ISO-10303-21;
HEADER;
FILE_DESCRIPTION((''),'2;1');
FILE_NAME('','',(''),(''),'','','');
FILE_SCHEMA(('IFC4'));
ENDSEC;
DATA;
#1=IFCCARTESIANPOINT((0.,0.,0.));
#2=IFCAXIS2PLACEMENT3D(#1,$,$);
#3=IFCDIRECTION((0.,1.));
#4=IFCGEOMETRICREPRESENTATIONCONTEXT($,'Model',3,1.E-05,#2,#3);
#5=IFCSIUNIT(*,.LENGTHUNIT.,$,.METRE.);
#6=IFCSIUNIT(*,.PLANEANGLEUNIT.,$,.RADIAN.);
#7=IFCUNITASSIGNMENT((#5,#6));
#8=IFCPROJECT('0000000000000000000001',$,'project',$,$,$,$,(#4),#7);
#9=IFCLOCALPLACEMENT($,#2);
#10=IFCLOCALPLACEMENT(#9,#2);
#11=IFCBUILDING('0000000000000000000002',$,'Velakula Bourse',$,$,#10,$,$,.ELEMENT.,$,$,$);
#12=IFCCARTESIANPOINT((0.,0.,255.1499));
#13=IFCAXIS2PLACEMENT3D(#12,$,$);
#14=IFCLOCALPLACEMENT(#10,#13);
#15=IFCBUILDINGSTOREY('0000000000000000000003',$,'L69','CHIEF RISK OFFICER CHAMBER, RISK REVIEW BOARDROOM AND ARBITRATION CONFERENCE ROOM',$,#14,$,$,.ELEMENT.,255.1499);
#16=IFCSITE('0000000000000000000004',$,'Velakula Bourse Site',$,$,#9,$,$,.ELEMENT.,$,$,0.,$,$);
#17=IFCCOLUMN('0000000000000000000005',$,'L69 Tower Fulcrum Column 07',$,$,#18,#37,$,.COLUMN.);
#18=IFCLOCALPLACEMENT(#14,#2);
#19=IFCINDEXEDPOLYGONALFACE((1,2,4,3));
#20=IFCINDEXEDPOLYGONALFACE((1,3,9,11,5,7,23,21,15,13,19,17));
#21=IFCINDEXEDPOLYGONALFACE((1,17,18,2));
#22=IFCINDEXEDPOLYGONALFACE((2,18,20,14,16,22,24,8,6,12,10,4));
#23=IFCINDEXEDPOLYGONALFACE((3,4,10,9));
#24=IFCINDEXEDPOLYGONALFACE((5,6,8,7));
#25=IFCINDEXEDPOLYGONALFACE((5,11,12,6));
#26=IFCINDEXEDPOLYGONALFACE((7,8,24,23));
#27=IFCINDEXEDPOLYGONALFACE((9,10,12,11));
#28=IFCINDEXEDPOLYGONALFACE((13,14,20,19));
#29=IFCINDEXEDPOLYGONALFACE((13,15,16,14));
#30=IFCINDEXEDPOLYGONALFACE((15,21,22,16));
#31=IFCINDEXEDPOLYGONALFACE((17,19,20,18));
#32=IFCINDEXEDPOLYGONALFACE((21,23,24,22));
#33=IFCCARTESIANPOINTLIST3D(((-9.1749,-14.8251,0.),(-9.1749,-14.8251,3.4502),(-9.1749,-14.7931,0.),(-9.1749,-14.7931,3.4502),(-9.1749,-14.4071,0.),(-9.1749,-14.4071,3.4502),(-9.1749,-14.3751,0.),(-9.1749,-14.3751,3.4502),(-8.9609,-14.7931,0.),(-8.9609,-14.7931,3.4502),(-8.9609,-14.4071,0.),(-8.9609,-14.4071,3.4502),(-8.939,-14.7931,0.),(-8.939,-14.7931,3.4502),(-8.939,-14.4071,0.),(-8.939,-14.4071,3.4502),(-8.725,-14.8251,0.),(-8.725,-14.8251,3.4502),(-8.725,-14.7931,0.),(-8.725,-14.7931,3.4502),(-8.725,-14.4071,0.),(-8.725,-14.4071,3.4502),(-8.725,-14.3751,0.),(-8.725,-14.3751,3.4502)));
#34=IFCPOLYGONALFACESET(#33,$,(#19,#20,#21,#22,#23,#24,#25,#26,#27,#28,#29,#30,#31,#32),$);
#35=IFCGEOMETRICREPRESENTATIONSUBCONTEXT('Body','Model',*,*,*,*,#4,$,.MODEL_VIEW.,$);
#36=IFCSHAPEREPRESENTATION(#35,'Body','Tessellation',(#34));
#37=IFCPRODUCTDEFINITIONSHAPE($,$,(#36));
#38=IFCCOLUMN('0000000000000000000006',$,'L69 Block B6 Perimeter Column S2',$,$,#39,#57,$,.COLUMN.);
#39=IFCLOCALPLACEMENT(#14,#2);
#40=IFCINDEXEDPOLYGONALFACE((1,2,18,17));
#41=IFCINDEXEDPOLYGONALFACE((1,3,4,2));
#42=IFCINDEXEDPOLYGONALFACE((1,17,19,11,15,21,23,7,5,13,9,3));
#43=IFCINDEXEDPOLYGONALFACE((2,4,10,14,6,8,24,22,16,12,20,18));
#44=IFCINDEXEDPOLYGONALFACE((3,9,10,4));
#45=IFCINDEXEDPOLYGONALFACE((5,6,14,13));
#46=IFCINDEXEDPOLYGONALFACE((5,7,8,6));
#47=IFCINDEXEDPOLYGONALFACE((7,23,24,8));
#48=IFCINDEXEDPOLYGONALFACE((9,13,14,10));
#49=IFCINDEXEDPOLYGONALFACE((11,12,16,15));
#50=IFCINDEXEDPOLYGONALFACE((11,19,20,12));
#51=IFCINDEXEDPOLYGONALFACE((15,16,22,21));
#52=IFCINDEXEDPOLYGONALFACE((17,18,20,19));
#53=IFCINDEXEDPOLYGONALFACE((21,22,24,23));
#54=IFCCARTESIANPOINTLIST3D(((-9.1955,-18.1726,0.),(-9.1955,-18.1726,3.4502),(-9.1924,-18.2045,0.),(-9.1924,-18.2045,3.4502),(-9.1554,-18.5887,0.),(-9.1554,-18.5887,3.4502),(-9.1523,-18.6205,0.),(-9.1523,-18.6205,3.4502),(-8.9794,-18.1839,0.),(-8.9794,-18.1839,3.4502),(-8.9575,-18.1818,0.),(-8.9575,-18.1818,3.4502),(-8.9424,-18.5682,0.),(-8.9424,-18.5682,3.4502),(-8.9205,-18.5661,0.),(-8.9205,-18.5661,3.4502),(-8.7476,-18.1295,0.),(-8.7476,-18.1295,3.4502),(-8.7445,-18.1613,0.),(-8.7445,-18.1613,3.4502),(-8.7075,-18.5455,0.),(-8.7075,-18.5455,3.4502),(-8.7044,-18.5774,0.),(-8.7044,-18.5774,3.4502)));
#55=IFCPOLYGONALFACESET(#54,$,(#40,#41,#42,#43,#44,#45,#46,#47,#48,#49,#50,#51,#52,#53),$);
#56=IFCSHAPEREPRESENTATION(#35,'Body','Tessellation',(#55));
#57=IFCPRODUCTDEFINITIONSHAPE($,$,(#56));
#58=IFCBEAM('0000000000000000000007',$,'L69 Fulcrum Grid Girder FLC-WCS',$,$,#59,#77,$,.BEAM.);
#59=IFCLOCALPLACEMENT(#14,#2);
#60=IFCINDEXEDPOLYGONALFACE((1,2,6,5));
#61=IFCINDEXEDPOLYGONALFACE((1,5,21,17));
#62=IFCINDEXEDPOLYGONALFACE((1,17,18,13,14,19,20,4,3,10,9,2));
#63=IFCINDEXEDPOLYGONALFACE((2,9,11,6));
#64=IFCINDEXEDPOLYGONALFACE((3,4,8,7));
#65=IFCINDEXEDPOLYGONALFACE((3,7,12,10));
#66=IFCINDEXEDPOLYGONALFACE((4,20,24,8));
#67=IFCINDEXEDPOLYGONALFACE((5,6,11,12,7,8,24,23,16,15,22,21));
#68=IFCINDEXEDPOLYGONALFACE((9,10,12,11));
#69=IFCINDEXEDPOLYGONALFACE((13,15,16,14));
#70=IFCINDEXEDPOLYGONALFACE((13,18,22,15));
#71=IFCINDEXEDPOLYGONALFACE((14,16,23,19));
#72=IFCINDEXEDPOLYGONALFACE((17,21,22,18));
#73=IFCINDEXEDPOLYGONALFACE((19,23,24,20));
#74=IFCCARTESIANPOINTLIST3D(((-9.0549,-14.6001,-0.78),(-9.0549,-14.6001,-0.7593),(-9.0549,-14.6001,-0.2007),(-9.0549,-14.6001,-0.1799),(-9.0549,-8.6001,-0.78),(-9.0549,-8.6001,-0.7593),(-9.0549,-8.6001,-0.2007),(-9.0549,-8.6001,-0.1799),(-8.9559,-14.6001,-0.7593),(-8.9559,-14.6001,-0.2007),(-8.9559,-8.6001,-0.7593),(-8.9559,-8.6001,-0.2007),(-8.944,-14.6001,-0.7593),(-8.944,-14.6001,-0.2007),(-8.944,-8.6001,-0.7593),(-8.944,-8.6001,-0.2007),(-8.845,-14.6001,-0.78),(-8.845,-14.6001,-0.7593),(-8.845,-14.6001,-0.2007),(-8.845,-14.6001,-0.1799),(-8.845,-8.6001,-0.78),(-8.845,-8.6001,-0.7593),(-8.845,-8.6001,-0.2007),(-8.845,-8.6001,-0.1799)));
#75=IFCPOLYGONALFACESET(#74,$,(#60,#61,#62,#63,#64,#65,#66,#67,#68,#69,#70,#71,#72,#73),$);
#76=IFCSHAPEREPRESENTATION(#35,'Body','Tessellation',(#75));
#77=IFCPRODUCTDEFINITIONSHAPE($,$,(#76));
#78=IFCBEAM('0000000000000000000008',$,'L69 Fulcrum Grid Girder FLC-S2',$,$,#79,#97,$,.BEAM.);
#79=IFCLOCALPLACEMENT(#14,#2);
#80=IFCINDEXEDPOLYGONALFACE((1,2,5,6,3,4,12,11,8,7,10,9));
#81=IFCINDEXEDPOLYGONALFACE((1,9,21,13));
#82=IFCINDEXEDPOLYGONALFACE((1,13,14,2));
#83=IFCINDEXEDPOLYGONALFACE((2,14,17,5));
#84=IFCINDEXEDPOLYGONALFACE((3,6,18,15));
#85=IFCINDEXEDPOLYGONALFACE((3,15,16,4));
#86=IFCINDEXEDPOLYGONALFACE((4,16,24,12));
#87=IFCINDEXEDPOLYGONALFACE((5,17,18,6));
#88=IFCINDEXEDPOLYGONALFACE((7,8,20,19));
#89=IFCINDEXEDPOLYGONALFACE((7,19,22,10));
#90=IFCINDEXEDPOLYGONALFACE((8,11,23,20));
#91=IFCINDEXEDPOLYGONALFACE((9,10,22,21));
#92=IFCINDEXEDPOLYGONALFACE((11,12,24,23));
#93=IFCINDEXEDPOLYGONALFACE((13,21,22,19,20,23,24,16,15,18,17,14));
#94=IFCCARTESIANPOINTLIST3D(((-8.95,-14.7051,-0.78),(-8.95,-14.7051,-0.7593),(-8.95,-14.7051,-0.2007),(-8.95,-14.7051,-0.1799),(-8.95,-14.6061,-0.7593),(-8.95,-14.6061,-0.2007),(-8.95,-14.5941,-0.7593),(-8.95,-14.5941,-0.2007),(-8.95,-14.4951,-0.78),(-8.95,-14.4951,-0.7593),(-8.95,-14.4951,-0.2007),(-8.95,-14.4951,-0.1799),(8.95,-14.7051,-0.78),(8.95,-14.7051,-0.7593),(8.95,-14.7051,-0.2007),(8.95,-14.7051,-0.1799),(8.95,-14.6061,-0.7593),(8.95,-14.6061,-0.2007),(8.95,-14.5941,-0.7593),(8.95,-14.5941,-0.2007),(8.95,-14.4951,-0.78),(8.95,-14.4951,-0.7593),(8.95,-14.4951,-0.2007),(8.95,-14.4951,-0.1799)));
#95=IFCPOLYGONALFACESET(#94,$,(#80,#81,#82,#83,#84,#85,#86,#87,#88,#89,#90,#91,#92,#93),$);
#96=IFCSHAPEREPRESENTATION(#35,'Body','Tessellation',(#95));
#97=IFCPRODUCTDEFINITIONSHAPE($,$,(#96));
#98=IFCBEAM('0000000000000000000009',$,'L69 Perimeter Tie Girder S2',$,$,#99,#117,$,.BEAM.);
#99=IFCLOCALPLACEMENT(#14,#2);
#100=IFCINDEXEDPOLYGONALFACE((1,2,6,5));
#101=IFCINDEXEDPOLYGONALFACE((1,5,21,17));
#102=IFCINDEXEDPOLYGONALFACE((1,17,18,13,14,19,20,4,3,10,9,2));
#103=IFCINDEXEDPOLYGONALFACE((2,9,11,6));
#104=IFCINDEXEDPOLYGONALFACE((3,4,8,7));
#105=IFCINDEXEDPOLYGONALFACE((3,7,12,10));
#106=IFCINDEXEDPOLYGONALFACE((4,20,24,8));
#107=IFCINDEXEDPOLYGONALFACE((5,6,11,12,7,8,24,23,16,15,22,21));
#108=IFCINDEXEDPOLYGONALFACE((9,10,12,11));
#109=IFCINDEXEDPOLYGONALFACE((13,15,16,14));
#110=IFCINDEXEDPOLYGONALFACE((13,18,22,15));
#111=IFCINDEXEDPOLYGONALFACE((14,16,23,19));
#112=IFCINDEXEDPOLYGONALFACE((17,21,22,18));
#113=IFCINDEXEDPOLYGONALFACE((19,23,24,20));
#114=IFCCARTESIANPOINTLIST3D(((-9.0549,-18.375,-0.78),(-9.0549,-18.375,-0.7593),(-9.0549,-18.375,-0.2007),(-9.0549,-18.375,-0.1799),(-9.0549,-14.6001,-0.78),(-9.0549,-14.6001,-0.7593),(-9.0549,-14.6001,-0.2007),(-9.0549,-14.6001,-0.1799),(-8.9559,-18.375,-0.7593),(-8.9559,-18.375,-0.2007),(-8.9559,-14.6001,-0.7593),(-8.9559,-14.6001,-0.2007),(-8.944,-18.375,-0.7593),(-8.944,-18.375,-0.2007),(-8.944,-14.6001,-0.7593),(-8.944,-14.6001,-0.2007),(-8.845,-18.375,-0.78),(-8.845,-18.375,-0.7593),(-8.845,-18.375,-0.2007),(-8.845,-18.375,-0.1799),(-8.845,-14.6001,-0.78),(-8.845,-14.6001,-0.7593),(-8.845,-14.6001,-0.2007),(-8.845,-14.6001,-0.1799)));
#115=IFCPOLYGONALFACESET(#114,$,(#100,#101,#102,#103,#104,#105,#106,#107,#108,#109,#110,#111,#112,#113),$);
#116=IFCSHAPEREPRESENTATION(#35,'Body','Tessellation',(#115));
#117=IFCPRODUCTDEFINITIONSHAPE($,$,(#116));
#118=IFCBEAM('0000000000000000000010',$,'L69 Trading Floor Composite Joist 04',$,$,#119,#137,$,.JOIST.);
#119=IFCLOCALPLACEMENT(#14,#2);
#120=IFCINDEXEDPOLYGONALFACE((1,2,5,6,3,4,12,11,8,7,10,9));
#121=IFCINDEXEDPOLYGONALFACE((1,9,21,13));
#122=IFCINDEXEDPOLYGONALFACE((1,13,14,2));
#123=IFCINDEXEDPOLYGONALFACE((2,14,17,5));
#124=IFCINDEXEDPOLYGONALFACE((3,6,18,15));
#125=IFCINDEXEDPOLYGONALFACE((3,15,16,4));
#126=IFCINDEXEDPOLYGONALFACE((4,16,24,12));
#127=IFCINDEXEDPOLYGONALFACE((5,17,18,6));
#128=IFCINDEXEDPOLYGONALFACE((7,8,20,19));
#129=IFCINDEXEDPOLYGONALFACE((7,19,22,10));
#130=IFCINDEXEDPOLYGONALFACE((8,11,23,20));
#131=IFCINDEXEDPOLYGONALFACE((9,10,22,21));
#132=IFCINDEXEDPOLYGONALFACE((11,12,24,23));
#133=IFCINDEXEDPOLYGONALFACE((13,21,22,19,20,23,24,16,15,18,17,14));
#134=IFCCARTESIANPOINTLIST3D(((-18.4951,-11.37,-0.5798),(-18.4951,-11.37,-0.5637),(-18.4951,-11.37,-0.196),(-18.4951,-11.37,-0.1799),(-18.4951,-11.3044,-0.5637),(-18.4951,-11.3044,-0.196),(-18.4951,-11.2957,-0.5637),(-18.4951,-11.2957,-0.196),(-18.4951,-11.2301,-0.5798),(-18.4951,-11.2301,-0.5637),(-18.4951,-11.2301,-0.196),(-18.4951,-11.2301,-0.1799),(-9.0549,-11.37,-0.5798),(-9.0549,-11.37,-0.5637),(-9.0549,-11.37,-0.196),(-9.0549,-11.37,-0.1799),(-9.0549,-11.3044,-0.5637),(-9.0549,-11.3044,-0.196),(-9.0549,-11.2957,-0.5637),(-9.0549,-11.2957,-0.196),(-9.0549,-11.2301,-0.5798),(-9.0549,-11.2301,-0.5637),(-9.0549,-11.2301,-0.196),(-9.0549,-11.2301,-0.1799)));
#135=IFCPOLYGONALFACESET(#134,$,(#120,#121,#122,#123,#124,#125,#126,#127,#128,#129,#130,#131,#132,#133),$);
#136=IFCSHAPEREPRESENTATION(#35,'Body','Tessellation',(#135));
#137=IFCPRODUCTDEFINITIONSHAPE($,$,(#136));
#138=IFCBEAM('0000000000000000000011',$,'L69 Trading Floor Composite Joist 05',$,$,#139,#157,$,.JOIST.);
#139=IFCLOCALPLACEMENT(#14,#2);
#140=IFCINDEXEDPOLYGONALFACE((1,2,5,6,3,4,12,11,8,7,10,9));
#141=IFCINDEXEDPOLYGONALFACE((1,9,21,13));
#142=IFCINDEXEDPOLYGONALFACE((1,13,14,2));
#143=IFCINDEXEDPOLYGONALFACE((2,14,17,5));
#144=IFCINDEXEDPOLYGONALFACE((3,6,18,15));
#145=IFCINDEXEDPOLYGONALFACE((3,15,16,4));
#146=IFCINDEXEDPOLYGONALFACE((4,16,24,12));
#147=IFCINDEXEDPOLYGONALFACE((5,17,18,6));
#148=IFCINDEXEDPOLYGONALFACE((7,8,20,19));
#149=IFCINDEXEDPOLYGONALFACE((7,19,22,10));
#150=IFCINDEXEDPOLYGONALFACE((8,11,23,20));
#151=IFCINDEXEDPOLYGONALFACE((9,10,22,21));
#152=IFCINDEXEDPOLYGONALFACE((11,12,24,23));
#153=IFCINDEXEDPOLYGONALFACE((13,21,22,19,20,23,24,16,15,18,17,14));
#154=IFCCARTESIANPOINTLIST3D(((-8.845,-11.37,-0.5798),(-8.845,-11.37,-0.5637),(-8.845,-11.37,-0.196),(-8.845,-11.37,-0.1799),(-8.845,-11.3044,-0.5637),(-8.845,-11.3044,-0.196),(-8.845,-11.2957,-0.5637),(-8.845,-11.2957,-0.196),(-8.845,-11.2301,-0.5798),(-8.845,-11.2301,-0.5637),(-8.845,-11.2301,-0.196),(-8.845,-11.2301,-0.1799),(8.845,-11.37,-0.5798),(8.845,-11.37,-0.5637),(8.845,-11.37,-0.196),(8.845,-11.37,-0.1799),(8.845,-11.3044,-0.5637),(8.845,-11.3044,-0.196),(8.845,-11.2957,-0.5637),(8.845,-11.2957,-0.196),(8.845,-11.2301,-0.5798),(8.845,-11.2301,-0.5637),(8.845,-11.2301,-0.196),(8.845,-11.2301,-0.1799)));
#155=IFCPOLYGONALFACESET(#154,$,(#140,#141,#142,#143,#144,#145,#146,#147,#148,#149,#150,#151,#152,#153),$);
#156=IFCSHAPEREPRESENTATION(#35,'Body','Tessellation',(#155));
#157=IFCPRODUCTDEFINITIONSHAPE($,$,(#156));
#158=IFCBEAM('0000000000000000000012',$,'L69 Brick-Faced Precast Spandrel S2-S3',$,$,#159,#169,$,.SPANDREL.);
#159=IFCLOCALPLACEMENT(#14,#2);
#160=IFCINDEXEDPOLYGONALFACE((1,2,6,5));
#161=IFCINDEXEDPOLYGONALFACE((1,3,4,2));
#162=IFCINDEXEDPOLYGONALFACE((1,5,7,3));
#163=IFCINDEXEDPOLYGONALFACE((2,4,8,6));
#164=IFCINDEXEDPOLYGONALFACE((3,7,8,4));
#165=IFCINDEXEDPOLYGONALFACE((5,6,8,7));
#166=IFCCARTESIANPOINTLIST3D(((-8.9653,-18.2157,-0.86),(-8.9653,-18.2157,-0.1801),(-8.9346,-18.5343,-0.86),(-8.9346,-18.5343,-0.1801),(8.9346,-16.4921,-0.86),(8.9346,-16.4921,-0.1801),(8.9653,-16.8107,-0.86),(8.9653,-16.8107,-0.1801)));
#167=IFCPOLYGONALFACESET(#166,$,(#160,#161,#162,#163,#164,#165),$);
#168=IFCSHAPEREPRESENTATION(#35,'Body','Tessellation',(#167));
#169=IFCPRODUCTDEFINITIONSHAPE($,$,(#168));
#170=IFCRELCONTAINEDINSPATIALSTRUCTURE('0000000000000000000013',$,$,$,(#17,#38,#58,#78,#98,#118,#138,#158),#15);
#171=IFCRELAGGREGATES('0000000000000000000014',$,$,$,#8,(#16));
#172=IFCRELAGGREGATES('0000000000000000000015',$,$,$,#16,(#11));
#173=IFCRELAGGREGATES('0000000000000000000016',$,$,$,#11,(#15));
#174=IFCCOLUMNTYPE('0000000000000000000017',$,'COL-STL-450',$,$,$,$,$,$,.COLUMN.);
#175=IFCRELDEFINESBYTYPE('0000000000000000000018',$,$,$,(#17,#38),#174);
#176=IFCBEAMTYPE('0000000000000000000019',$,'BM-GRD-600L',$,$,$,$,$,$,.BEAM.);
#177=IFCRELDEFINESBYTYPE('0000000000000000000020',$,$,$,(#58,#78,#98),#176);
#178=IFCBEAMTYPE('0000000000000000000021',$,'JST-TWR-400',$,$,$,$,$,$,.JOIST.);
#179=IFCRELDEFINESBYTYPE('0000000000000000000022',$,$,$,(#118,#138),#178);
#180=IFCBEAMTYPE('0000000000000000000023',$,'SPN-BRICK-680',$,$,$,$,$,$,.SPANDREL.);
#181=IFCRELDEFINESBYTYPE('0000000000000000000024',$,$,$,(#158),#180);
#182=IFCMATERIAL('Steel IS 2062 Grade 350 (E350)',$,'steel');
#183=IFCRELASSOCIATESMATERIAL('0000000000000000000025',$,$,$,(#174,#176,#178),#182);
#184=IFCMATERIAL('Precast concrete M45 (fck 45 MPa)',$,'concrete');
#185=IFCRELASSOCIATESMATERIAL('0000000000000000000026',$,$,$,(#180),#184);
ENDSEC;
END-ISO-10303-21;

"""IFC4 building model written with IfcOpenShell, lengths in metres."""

from ifc_helpers import new_model, si_unit, direction, frame, origin, origin_2d, place, context, subcontext, project, spatial, rectangle, i_section, extrude, material, material_profile, profile_set, type_object, element, save


model = new_model("IFC4")

# Units and contexts
model_context = context("Model", 3, precision=1e-05, world=origin(), true_north=direction((0.0, 1.0)))
body_context = subcontext(model_context, "Body", "Model", "MODEL_VIEW")
ifc_project = project(units=[si_unit("LENGTHUNIT", "METRE"), si_unit("PLANEANGLEUNIT", "RADIAN")], contexts=[model_context])

# Site, building, storey
site_placement = place(None, origin())
site = spatial("IfcSite", under=ifc_project, at=site_placement, Name="Velakula Bourse Site", CompositionType="ELEMENT", RefElevation=0.0)
building_placement = place(site_placement, origin())
building = spatial("IfcBuilding", under=site, at=building_placement, Name="Velakula Bourse", CompositionType="ELEMENT")
storey_placement = place(building_placement, frame((0.0, 0.0, 255.1499)))
storey = spatial("IfcBuildingStorey", under=building, at=storey_placement, Name="L69", Description="CHIEF RISK OFFICER CHAMBER, RISK REVIEW BOARDROOM AND ARBITRATION CONFERENCE ROOM", CompositionType="ELEMENT", Elevation=255.1499)

# Columns
ifc_material_1 = material(Name="Steel IS 2062 Grade 350 (E350)", Category="steel")
ifc_material_profile_1 = material_profile(ifc_material_1, i_section(OverallWidth=0.45, OverallDepth=0.45, WebThickness=0.022, FlangeThickness=0.032, at=origin_2d()), Name="Steel IS 2062 Grade 350 (E350)")
ifc_profile_set_1 = profile_set([ifc_material_profile_1], Name="Steel IS 2062 Grade 350 (E350)")
column_type = type_object("IfcColumnType", Name="COL-STL-450", PredefinedType="COLUMN", material=ifc_profile_set_1)
for number, where, z_axis, x_axis, name in (
    (1, (-8.95, -14.6001, 0.0), (0.0, 0.0, 1.0), (1.0, 0.0, 0.0), "L69 Tower Fulcrum Column 07"),
    (2, (-8.95, -18.375, 0.0), (0.0, 0.0, 1.0), (0.995396, 0.095846, 0.0), "L69 Block B6 Perimeter Column S2"),
):
    element("IfcColumn", number, at=place(storey_placement, frame(where, z_axis=z_axis, x_axis=x_axis)), inside=storey, type_object=column_type, Name=name, PredefinedType="COLUMN", context=body_context, shape_type="SweptSolid", body=[
        extrude(i_section(OverallWidth=0.45, OverallDepth=0.45, WebThickness=0.022, FlangeThickness=0.032, at=origin_2d()), origin(), (0.0, 0.0, 1.0), 3.4502),
    ])

# Beams
ifc_material_profile_2 = material_profile(ifc_material_1, i_section(OverallWidth=0.21, OverallDepth=0.6001, WebThickness=0.012, FlangeThickness=0.0208, at=origin_2d()), Name="Steel IS 2062 Grade 350 (E350)")
ifc_profile_set_2 = profile_set([ifc_material_profile_2], Name="Steel IS 2062 Grade 350 (E350)")
beam_type_1 = type_object("IfcBeamType", Name="BM-GRD-600L", PredefinedType="BEAM", material=ifc_profile_set_2)
beam_1_placement = place(storey_placement, frame((-8.95, -14.6001, -0.48), z_axis=(0.0, 1.0, 0.0), x_axis=(-1.0, 0.0, 0.0)))
element("IfcBeam", 3, at=beam_1_placement, inside=storey, type_object=beam_type_1, Name="L69 Fulcrum Grid Girder FLC-WCS", PredefinedType="BEAM", context=body_context, shape_type="SweptSolid", body=[
    extrude(i_section(OverallWidth=0.21, OverallDepth=0.6001, WebThickness=0.012, FlangeThickness=0.0208, at=origin_2d()), origin(), (0.0, 0.0, 1.0), 6.0),
])
beam_2_placement = place(storey_placement, frame((-8.95, -14.6001, -0.48), z_axis=(1.0, 0.0, 0.0), x_axis=(0.0, 1.0, 0.0)))
element("IfcBeam", 4, at=beam_2_placement, inside=storey, type_object=beam_type_1, Name="L69 Fulcrum Grid Girder FLC-S2", PredefinedType="BEAM", context=body_context, shape_type="SweptSolid", body=[
    extrude(i_section(OverallWidth=0.21, OverallDepth=0.6001, WebThickness=0.012, FlangeThickness=0.0208, at=origin_2d()), origin(), (0.0, 0.0, 1.0), 17.8999),
])
beam_3_placement = place(storey_placement, frame((-8.95, -14.6001, -0.48), z_axis=(0.0, -1.0, 0.0), x_axis=(1.0, 0.0, 0.0)))
element("IfcBeam", 5, at=beam_3_placement, inside=storey, type_object=beam_type_1, Name="L69 Perimeter Tie Girder S2", PredefinedType="BEAM", context=body_context, shape_type="SweptSolid", body=[
    extrude(i_section(OverallWidth=0.21, OverallDepth=0.6001, WebThickness=0.012, FlangeThickness=0.0208, at=origin_2d()), origin(), (0.0, 0.0, 1.0), 3.7749),
])
ifc_material_profile_3 = material_profile(ifc_material_1, i_section(OverallWidth=0.1399, OverallDepth=0.3999, WebThickness=0.0088, FlangeThickness=0.0161, at=origin_2d()), Name="Steel IS 2062 Grade 350 (E350)")
ifc_profile_set_3 = profile_set([ifc_material_profile_3], Name="Steel IS 2062 Grade 350 (E350)")
beam_type_2 = type_object("IfcBeamType", Name="JST-TWR-400", PredefinedType="JOIST", material=ifc_profile_set_3)
beam_4_placement = place(storey_placement, frame((-18.4951, -11.3, -0.3799), z_axis=(1.0, 0.0, 0.0), x_axis=(0.0, 1.0, 0.0)))
element("IfcBeam", 6, at=beam_4_placement, inside=storey, type_object=beam_type_2, Name="L69 Trading Floor Composite Joist 04", PredefinedType="JOIST", context=body_context, shape_type="SweptSolid", body=[
    extrude(i_section(OverallWidth=0.1399, OverallDepth=0.3999, WebThickness=0.0088, FlangeThickness=0.0161, at=origin_2d()), origin(), (0.0, 0.0, 1.0), 9.4402),
])
beam_5_placement = place(storey_placement, frame((-8.845, -11.3, -0.3799), z_axis=(1.0, 0.0, 0.0), x_axis=(0.0, 1.0, 0.0)))
element("IfcBeam", 7, at=beam_5_placement, inside=storey, type_object=beam_type_2, Name="L69 Trading Floor Composite Joist 05", PredefinedType="JOIST", context=body_context, shape_type="SweptSolid", body=[
    extrude(i_section(OverallWidth=0.1399, OverallDepth=0.3999, WebThickness=0.0088, FlangeThickness=0.0161, at=origin_2d()), origin(), (0.0, 0.0, 1.0), 17.6899),
])
ifc_material_2 = material(Name="Precast concrete M45 (fck 45 MPa)", Category="concrete")
ifc_material_profile_4 = material_profile(ifc_material_2, rectangle(XDim=0.3201, YDim=0.6799, at=origin_2d()), Name="Precast concrete M45 (fck 45 MPa)")
ifc_profile_set_4 = profile_set([ifc_material_profile_4], Name="Precast concrete M45 (fck 45 MPa)")
beam_type_3 = type_object("IfcBeamType", Name="SPN-BRICK-680", PredefinedType="SPANDREL", material=ifc_profile_set_4)
beam_6_placement = place(storey_placement, frame((-8.95, -18.375, -0.52), z_axis=(0.995396, 0.09585, 0.0), x_axis=(-0.09585, 0.995396, 0.0)))
element("IfcBeam", 8, at=beam_6_placement, inside=storey, type_object=beam_type_3, Name="L69 Brick-Faced Precast Spandrel S2-S3", PredefinedType="SPANDREL", context=body_context, shape_type="SweptSolid", body=[
    extrude(rectangle(XDim=0.3201, YDim=0.6799, at=origin_2d()), origin(), (0.0, 0.0, 1.0), 17.9827),
])

save(model, "model.ifc")
